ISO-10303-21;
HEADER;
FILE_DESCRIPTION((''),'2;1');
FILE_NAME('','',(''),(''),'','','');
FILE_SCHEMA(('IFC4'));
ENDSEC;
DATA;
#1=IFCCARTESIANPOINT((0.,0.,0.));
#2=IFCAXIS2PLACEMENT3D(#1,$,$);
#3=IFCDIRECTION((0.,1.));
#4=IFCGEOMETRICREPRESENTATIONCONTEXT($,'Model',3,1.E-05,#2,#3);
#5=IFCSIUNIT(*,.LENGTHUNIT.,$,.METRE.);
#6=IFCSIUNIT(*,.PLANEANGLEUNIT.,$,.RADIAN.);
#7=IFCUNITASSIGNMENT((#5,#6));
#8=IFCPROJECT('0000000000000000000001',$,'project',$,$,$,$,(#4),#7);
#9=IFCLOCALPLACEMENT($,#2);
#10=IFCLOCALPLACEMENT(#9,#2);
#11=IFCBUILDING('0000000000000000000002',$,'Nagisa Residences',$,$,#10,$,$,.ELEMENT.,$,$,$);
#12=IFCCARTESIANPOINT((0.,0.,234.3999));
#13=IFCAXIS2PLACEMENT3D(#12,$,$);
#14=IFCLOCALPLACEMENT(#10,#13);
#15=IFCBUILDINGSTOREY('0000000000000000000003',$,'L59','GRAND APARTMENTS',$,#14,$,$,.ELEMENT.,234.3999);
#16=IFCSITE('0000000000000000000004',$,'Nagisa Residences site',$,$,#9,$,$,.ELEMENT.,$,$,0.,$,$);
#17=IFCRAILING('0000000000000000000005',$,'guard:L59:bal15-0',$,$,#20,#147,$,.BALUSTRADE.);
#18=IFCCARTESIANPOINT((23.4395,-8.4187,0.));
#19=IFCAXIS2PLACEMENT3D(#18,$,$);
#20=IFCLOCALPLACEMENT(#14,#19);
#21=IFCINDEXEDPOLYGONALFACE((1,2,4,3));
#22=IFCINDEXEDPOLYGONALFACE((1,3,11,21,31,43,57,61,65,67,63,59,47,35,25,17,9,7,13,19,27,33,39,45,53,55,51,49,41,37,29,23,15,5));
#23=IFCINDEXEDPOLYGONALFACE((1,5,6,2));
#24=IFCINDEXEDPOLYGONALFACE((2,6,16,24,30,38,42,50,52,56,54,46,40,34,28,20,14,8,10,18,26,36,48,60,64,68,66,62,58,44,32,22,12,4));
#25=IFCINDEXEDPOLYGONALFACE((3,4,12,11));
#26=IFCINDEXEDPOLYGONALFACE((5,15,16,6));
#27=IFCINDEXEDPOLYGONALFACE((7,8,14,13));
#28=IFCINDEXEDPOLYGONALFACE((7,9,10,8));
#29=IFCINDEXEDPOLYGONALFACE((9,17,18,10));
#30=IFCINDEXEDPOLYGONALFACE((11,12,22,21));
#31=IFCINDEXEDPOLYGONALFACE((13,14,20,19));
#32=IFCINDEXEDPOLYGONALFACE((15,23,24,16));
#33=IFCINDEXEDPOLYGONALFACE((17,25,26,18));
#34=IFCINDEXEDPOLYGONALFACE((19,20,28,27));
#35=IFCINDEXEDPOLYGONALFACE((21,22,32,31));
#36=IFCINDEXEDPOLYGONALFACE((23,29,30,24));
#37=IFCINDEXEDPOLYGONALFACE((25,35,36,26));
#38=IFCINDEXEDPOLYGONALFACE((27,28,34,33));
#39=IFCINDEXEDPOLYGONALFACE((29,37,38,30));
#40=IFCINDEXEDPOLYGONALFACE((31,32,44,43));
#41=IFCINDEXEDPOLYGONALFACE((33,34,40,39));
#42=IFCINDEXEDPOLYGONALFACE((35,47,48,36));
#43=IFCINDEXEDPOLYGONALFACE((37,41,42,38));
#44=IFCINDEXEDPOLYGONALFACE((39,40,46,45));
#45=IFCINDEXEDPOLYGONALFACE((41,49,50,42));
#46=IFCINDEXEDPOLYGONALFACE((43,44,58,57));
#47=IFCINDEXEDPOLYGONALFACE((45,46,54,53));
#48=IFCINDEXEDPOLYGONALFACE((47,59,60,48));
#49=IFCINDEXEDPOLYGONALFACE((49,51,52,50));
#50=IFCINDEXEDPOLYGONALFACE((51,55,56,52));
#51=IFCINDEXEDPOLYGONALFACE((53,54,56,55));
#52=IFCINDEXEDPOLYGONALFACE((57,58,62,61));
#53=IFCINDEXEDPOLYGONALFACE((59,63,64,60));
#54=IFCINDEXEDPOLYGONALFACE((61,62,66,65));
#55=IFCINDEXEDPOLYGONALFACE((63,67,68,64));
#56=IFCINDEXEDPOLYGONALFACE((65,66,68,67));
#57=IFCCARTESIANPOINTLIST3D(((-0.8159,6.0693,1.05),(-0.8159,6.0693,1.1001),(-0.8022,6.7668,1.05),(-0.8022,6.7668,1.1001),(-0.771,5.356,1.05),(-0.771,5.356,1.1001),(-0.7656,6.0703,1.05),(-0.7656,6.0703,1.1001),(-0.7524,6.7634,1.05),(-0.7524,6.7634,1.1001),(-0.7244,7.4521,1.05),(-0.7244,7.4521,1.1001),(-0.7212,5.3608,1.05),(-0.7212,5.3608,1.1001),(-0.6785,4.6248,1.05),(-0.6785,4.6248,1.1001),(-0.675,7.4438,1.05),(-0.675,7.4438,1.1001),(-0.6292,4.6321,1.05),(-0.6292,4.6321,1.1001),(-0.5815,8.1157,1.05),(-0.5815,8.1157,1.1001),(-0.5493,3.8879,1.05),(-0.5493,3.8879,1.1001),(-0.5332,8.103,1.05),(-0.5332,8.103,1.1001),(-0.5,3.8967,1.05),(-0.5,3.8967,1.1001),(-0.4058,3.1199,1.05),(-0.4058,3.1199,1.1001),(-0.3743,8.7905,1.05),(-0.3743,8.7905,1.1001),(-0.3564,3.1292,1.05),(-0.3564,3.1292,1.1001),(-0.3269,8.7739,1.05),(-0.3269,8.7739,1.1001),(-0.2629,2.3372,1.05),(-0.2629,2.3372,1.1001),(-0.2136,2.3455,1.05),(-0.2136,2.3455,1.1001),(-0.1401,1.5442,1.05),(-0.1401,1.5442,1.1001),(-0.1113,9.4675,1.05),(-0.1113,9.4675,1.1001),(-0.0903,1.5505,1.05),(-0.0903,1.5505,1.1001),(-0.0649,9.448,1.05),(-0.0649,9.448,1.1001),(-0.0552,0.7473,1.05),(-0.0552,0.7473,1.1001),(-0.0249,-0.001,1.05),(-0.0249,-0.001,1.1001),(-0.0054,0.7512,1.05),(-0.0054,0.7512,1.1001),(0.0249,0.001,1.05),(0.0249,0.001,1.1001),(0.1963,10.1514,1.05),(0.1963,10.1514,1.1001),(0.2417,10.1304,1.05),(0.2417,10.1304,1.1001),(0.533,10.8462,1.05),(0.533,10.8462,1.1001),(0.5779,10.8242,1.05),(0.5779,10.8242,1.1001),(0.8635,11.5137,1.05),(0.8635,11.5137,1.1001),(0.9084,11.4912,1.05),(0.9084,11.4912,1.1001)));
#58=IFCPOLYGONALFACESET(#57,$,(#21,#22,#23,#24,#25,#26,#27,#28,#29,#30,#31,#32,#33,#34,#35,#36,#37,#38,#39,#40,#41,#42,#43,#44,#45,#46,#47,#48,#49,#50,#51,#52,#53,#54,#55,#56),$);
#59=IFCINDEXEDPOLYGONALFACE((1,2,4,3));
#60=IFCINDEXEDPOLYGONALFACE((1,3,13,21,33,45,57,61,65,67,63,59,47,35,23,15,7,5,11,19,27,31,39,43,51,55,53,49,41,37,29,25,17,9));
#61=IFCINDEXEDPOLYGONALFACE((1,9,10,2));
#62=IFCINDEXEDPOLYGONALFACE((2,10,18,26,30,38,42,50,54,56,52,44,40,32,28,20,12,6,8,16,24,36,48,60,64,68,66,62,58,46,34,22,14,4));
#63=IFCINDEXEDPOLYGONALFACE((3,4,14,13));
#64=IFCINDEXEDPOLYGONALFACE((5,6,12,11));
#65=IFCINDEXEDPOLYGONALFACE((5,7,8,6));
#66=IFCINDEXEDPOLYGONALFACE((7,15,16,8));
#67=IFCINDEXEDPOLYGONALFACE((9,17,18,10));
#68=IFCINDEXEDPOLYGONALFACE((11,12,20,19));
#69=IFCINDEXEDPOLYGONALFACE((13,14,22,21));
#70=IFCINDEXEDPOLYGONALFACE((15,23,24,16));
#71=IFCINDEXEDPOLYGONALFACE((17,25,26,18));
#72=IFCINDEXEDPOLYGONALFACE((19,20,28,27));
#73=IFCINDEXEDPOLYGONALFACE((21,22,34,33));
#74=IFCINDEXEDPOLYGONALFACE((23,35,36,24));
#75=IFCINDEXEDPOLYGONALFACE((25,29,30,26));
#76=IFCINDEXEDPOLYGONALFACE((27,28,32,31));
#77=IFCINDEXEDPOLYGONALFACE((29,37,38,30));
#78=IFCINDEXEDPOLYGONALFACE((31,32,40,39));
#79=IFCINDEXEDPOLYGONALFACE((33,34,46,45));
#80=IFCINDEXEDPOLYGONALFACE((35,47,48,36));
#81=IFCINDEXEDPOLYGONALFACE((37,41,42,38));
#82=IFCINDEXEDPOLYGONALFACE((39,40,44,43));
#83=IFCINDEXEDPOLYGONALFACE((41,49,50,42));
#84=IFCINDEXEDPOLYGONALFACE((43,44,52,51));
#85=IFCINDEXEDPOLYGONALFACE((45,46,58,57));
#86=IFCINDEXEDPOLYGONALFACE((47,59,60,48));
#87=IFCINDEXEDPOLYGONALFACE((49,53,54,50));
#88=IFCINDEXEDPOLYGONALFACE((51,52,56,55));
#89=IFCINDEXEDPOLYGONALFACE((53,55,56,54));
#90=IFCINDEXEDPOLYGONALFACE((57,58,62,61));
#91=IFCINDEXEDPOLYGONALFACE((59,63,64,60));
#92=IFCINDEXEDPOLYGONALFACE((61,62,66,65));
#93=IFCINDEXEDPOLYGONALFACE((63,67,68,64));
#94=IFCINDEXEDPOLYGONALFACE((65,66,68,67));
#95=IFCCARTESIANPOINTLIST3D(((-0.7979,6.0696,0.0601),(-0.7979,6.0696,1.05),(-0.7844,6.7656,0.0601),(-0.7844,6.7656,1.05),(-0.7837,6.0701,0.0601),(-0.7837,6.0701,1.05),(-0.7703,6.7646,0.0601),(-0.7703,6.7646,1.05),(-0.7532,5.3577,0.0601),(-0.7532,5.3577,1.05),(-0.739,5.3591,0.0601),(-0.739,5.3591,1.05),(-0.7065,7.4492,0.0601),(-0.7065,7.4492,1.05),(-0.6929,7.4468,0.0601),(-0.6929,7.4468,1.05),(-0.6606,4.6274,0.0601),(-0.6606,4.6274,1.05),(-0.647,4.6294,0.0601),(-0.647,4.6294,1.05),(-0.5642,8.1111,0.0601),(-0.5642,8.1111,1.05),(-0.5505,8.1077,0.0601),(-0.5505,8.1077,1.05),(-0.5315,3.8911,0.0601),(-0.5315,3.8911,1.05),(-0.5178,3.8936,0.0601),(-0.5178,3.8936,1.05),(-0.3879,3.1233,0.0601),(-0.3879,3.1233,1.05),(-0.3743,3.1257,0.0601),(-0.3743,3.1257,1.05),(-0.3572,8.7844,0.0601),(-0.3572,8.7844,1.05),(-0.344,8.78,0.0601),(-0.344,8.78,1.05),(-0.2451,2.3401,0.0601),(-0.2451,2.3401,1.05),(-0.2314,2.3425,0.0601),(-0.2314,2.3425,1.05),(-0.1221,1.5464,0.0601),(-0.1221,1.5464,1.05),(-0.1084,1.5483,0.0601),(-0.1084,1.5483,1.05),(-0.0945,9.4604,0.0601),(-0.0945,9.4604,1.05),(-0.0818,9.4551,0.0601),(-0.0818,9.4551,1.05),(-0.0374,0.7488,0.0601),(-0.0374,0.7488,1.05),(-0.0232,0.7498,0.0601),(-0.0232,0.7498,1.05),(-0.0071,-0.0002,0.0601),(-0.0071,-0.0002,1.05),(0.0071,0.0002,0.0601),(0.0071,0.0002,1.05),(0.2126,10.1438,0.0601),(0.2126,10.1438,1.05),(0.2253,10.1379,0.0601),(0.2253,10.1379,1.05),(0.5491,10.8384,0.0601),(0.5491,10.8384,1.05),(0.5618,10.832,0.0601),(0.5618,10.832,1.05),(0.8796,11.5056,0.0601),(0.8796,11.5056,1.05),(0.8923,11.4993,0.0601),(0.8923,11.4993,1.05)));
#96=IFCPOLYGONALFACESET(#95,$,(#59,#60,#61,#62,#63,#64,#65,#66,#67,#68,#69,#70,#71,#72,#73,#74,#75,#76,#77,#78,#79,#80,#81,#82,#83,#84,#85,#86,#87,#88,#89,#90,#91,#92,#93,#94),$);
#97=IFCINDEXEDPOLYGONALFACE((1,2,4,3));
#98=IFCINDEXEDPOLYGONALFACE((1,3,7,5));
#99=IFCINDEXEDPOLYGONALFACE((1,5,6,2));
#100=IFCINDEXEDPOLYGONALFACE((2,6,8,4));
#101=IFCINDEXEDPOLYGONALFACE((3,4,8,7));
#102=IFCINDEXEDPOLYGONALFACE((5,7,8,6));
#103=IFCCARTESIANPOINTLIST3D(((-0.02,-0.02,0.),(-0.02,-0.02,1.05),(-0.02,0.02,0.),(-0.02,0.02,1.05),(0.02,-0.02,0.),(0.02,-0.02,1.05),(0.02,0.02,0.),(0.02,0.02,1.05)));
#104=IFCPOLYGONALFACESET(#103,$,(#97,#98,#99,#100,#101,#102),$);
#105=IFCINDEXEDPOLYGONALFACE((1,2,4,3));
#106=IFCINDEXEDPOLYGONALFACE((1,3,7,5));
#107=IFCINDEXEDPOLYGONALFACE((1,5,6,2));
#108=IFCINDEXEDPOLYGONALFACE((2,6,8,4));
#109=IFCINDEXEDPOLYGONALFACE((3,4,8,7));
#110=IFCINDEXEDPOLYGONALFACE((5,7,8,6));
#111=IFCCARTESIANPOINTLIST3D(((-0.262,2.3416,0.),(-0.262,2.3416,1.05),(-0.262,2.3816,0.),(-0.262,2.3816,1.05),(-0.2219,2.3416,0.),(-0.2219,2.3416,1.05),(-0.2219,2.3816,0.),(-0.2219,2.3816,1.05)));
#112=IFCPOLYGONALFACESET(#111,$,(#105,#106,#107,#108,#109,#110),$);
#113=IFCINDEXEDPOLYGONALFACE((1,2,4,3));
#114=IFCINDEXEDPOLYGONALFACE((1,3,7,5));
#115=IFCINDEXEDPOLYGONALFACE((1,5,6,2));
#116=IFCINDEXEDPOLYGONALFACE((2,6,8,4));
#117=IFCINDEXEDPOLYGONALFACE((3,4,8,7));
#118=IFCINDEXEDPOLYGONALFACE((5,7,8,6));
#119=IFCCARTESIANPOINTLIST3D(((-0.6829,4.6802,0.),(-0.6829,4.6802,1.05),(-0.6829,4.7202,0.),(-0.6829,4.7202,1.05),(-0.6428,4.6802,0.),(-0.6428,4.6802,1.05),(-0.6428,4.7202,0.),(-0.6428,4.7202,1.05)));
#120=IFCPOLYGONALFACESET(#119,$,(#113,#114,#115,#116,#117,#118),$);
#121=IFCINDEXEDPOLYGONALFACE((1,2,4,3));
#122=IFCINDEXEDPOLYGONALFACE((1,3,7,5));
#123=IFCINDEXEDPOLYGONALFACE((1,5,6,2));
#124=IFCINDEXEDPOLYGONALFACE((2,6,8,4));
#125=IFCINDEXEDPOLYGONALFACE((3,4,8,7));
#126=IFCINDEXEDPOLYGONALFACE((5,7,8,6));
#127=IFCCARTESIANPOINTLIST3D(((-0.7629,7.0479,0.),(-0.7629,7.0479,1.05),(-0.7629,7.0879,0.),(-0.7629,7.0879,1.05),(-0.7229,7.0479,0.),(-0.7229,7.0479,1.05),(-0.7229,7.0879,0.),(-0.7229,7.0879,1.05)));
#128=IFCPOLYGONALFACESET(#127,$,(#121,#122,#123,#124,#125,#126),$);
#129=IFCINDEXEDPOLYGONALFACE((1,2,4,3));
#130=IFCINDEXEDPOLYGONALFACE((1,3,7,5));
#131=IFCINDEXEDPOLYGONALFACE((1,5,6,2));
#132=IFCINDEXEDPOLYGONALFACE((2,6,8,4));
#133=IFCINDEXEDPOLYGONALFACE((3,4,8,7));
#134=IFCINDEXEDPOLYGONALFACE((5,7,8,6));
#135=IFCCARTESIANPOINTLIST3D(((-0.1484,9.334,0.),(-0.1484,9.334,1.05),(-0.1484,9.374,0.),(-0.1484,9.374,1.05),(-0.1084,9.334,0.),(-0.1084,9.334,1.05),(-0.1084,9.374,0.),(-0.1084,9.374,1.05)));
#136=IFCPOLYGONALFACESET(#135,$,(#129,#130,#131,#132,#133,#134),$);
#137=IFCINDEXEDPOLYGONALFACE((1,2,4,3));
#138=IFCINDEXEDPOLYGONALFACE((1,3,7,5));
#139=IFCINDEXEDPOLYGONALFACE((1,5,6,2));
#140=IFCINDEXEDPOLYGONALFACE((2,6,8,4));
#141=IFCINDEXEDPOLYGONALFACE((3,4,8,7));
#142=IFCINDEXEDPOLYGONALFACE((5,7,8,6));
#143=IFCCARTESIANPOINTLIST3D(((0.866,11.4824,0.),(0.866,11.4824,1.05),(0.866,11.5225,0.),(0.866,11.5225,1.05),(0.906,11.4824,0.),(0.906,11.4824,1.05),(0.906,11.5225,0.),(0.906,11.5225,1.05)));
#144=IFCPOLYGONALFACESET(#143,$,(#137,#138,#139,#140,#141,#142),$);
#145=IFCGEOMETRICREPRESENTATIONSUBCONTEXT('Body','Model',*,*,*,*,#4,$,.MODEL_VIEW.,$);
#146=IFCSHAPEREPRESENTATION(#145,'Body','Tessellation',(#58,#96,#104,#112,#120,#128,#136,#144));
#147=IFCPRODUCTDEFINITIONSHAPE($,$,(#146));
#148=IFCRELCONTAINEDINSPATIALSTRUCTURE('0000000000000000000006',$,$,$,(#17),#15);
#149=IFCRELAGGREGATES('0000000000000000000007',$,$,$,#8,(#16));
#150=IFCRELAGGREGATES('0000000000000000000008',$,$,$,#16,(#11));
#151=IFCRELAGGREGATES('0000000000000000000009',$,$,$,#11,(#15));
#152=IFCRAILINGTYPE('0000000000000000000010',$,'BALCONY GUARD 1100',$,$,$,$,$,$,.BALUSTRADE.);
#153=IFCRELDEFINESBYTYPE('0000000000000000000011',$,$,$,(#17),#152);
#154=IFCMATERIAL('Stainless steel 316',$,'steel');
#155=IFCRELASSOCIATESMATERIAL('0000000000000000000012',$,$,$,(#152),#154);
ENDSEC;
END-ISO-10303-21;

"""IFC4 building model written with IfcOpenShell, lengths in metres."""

from ifc_helpers import new_model, si_unit, direction, frame, origin, origin_2d, place, context, subcontext, project, spatial, polyline, rectangle, outline, extrude, material, type_object, element, save


model = new_model("IFC4")

# Units and contexts
model_context = context("Model", 3, precision=1e-05, world=origin(), true_north=direction((0.0, 1.0)))
body_context = subcontext(model_context, "Body", "Model", "MODEL_VIEW")
ifc_project = project(units=[si_unit("LENGTHUNIT", "METRE"), si_unit("PLANEANGLEUNIT", "RADIAN")], contexts=[model_context])

# Site, building, storey
site_placement = place(None, origin())
site = spatial("IfcSite", under=ifc_project, at=site_placement, Name="Nagisa Residences site", CompositionType="ELEMENT", RefElevation=0.0)
building_placement = place(site_placement, origin())
building = spatial("IfcBuilding", under=site, at=building_placement, Name="Nagisa Residences", CompositionType="ELEMENT")
storey_placement = place(building_placement, frame((0.0, 0.0, 234.3999)))
storey = spatial("IfcBuildingStorey", under=building, at=storey_placement, Name="L59", Description="GRAND APARTMENTS", CompositionType="ELEMENT", Elevation=234.3999)

# Railing
ifc_material_1 = material(Name="Stainless steel 316", Category="steel")
railing_type_1 = type_object("IfcRailingType", Name="BALCONY GUARD 1100", PredefinedType="BALUSTRADE", material=ifc_material_1)
railing_1_placement = place(storey_placement, frame((23.4395, -8.4187, 0.0)))
element("IfcRailing", 1, at=railing_1_placement, inside=storey, type_object=railing_type_1, Name="guard:L59:bal15-0", PredefinedType="BALUSTRADE", context=body_context, shape_type="SweptSolid", body=[
    extrude(outline(polyline([(-0.0552, 0.7473), (-0.0249, -0.001), (0.0249, 0.001), (-0.0054, 0.7512), (-0.0903, 1.5505), (-0.2136, 2.3455), (-0.3564, 3.1292), (-0.5, 3.8967), (-0.6292, 4.6321), (-0.7212, 5.3608), (-0.7656, 6.0703), (-0.7524, 6.7634), (-0.675, 7.4438), (-0.5332, 8.103), (-0.3269, 8.7739), (-0.0649, 9.448), (0.2417, 10.1304), (0.5779, 10.8242), (0.9084, 11.4912), (0.8635, 11.5137), (0.533, 10.8462), (0.1963, 10.1514), (-0.1113, 9.4675), (-0.3743, 8.7905), (-0.5815, 8.1157), (-0.7244, 7.4521), (-0.8022, 6.7668), (-0.8159, 6.0693), (-0.771, 5.356), (-0.6785, 4.6248), (-0.5493, 3.8879), (-0.4058, 3.1199), (-0.2629, 2.3372), (-0.1401, 1.5442), (-0.0552, 0.7473)])), frame((0.0, 0.0, 1.05)), (0.0, 0.0, 1.0), 0.05),
    extrude(outline(polyline([(-0.0374, 0.7488), (-0.0071, -0.0002), (0.0071, 0.0002), (-0.0232, 0.7498), (-0.1084, 1.5483), (-0.2314, 2.3425), (-0.3743, 3.1257), (-0.5178, 3.8936), (-0.647, 4.6294), (-0.739, 5.3591), (-0.7837, 6.0701), (-0.7703, 6.7646), (-0.6929, 7.4468), (-0.5505, 8.1077), (-0.344, 8.78), (-0.0818, 9.4551), (0.2253, 10.1379), (0.5618, 10.832), (0.8923, 11.4993), (0.8796, 11.5056), (0.5491, 10.8384), (0.2126, 10.1438), (-0.0945, 9.4604), (-0.3572, 8.7844), (-0.5642, 8.1111), (-0.7065, 7.4492), (-0.7844, 6.7656), (-0.7979, 6.0696), (-0.7532, 5.3577), (-0.6606, 4.6274), (-0.5315, 3.8911), (-0.3879, 3.1233), (-0.2451, 2.3401), (-0.1221, 1.5464), (-0.0374, 0.7488)])), frame((0.0, 0.0, 0.0601)), (0.0, 0.0, 1.0), 0.99),
    extrude(rectangle(XDim=0.04, YDim=0.04, at=origin_2d()), origin(), (0.0, 0.0, 1.0), 1.05),
    extrude(rectangle(XDim=0.04, YDim=0.04, at=origin_2d()), frame((-0.2419, 2.3616, 0.0)), (0.0, 0.0, 1.0), 1.05),
    extrude(rectangle(XDim=0.04, YDim=0.04, at=origin_2d()), frame((-0.6628, 4.7002, 0.0)), (0.0, 0.0, 1.0), 1.05),
    extrude(rectangle(XDim=0.04, YDim=0.04, at=origin_2d()), frame((-0.7429, 7.0679, 0.0)), (0.0, 0.0, 1.0), 1.05),
    extrude(rectangle(XDim=0.04, YDim=0.04, at=origin_2d()), frame((-0.1284, 9.354, 0.0)), (0.0, 0.0, 1.0), 1.05),
    extrude(rectangle(XDim=0.04, YDim=0.04, at=origin_2d()), frame((0.886, 11.5024, 0.0)), (0.0, 0.0, 1.0), 1.05),
])

save(model, "model.ifc")
